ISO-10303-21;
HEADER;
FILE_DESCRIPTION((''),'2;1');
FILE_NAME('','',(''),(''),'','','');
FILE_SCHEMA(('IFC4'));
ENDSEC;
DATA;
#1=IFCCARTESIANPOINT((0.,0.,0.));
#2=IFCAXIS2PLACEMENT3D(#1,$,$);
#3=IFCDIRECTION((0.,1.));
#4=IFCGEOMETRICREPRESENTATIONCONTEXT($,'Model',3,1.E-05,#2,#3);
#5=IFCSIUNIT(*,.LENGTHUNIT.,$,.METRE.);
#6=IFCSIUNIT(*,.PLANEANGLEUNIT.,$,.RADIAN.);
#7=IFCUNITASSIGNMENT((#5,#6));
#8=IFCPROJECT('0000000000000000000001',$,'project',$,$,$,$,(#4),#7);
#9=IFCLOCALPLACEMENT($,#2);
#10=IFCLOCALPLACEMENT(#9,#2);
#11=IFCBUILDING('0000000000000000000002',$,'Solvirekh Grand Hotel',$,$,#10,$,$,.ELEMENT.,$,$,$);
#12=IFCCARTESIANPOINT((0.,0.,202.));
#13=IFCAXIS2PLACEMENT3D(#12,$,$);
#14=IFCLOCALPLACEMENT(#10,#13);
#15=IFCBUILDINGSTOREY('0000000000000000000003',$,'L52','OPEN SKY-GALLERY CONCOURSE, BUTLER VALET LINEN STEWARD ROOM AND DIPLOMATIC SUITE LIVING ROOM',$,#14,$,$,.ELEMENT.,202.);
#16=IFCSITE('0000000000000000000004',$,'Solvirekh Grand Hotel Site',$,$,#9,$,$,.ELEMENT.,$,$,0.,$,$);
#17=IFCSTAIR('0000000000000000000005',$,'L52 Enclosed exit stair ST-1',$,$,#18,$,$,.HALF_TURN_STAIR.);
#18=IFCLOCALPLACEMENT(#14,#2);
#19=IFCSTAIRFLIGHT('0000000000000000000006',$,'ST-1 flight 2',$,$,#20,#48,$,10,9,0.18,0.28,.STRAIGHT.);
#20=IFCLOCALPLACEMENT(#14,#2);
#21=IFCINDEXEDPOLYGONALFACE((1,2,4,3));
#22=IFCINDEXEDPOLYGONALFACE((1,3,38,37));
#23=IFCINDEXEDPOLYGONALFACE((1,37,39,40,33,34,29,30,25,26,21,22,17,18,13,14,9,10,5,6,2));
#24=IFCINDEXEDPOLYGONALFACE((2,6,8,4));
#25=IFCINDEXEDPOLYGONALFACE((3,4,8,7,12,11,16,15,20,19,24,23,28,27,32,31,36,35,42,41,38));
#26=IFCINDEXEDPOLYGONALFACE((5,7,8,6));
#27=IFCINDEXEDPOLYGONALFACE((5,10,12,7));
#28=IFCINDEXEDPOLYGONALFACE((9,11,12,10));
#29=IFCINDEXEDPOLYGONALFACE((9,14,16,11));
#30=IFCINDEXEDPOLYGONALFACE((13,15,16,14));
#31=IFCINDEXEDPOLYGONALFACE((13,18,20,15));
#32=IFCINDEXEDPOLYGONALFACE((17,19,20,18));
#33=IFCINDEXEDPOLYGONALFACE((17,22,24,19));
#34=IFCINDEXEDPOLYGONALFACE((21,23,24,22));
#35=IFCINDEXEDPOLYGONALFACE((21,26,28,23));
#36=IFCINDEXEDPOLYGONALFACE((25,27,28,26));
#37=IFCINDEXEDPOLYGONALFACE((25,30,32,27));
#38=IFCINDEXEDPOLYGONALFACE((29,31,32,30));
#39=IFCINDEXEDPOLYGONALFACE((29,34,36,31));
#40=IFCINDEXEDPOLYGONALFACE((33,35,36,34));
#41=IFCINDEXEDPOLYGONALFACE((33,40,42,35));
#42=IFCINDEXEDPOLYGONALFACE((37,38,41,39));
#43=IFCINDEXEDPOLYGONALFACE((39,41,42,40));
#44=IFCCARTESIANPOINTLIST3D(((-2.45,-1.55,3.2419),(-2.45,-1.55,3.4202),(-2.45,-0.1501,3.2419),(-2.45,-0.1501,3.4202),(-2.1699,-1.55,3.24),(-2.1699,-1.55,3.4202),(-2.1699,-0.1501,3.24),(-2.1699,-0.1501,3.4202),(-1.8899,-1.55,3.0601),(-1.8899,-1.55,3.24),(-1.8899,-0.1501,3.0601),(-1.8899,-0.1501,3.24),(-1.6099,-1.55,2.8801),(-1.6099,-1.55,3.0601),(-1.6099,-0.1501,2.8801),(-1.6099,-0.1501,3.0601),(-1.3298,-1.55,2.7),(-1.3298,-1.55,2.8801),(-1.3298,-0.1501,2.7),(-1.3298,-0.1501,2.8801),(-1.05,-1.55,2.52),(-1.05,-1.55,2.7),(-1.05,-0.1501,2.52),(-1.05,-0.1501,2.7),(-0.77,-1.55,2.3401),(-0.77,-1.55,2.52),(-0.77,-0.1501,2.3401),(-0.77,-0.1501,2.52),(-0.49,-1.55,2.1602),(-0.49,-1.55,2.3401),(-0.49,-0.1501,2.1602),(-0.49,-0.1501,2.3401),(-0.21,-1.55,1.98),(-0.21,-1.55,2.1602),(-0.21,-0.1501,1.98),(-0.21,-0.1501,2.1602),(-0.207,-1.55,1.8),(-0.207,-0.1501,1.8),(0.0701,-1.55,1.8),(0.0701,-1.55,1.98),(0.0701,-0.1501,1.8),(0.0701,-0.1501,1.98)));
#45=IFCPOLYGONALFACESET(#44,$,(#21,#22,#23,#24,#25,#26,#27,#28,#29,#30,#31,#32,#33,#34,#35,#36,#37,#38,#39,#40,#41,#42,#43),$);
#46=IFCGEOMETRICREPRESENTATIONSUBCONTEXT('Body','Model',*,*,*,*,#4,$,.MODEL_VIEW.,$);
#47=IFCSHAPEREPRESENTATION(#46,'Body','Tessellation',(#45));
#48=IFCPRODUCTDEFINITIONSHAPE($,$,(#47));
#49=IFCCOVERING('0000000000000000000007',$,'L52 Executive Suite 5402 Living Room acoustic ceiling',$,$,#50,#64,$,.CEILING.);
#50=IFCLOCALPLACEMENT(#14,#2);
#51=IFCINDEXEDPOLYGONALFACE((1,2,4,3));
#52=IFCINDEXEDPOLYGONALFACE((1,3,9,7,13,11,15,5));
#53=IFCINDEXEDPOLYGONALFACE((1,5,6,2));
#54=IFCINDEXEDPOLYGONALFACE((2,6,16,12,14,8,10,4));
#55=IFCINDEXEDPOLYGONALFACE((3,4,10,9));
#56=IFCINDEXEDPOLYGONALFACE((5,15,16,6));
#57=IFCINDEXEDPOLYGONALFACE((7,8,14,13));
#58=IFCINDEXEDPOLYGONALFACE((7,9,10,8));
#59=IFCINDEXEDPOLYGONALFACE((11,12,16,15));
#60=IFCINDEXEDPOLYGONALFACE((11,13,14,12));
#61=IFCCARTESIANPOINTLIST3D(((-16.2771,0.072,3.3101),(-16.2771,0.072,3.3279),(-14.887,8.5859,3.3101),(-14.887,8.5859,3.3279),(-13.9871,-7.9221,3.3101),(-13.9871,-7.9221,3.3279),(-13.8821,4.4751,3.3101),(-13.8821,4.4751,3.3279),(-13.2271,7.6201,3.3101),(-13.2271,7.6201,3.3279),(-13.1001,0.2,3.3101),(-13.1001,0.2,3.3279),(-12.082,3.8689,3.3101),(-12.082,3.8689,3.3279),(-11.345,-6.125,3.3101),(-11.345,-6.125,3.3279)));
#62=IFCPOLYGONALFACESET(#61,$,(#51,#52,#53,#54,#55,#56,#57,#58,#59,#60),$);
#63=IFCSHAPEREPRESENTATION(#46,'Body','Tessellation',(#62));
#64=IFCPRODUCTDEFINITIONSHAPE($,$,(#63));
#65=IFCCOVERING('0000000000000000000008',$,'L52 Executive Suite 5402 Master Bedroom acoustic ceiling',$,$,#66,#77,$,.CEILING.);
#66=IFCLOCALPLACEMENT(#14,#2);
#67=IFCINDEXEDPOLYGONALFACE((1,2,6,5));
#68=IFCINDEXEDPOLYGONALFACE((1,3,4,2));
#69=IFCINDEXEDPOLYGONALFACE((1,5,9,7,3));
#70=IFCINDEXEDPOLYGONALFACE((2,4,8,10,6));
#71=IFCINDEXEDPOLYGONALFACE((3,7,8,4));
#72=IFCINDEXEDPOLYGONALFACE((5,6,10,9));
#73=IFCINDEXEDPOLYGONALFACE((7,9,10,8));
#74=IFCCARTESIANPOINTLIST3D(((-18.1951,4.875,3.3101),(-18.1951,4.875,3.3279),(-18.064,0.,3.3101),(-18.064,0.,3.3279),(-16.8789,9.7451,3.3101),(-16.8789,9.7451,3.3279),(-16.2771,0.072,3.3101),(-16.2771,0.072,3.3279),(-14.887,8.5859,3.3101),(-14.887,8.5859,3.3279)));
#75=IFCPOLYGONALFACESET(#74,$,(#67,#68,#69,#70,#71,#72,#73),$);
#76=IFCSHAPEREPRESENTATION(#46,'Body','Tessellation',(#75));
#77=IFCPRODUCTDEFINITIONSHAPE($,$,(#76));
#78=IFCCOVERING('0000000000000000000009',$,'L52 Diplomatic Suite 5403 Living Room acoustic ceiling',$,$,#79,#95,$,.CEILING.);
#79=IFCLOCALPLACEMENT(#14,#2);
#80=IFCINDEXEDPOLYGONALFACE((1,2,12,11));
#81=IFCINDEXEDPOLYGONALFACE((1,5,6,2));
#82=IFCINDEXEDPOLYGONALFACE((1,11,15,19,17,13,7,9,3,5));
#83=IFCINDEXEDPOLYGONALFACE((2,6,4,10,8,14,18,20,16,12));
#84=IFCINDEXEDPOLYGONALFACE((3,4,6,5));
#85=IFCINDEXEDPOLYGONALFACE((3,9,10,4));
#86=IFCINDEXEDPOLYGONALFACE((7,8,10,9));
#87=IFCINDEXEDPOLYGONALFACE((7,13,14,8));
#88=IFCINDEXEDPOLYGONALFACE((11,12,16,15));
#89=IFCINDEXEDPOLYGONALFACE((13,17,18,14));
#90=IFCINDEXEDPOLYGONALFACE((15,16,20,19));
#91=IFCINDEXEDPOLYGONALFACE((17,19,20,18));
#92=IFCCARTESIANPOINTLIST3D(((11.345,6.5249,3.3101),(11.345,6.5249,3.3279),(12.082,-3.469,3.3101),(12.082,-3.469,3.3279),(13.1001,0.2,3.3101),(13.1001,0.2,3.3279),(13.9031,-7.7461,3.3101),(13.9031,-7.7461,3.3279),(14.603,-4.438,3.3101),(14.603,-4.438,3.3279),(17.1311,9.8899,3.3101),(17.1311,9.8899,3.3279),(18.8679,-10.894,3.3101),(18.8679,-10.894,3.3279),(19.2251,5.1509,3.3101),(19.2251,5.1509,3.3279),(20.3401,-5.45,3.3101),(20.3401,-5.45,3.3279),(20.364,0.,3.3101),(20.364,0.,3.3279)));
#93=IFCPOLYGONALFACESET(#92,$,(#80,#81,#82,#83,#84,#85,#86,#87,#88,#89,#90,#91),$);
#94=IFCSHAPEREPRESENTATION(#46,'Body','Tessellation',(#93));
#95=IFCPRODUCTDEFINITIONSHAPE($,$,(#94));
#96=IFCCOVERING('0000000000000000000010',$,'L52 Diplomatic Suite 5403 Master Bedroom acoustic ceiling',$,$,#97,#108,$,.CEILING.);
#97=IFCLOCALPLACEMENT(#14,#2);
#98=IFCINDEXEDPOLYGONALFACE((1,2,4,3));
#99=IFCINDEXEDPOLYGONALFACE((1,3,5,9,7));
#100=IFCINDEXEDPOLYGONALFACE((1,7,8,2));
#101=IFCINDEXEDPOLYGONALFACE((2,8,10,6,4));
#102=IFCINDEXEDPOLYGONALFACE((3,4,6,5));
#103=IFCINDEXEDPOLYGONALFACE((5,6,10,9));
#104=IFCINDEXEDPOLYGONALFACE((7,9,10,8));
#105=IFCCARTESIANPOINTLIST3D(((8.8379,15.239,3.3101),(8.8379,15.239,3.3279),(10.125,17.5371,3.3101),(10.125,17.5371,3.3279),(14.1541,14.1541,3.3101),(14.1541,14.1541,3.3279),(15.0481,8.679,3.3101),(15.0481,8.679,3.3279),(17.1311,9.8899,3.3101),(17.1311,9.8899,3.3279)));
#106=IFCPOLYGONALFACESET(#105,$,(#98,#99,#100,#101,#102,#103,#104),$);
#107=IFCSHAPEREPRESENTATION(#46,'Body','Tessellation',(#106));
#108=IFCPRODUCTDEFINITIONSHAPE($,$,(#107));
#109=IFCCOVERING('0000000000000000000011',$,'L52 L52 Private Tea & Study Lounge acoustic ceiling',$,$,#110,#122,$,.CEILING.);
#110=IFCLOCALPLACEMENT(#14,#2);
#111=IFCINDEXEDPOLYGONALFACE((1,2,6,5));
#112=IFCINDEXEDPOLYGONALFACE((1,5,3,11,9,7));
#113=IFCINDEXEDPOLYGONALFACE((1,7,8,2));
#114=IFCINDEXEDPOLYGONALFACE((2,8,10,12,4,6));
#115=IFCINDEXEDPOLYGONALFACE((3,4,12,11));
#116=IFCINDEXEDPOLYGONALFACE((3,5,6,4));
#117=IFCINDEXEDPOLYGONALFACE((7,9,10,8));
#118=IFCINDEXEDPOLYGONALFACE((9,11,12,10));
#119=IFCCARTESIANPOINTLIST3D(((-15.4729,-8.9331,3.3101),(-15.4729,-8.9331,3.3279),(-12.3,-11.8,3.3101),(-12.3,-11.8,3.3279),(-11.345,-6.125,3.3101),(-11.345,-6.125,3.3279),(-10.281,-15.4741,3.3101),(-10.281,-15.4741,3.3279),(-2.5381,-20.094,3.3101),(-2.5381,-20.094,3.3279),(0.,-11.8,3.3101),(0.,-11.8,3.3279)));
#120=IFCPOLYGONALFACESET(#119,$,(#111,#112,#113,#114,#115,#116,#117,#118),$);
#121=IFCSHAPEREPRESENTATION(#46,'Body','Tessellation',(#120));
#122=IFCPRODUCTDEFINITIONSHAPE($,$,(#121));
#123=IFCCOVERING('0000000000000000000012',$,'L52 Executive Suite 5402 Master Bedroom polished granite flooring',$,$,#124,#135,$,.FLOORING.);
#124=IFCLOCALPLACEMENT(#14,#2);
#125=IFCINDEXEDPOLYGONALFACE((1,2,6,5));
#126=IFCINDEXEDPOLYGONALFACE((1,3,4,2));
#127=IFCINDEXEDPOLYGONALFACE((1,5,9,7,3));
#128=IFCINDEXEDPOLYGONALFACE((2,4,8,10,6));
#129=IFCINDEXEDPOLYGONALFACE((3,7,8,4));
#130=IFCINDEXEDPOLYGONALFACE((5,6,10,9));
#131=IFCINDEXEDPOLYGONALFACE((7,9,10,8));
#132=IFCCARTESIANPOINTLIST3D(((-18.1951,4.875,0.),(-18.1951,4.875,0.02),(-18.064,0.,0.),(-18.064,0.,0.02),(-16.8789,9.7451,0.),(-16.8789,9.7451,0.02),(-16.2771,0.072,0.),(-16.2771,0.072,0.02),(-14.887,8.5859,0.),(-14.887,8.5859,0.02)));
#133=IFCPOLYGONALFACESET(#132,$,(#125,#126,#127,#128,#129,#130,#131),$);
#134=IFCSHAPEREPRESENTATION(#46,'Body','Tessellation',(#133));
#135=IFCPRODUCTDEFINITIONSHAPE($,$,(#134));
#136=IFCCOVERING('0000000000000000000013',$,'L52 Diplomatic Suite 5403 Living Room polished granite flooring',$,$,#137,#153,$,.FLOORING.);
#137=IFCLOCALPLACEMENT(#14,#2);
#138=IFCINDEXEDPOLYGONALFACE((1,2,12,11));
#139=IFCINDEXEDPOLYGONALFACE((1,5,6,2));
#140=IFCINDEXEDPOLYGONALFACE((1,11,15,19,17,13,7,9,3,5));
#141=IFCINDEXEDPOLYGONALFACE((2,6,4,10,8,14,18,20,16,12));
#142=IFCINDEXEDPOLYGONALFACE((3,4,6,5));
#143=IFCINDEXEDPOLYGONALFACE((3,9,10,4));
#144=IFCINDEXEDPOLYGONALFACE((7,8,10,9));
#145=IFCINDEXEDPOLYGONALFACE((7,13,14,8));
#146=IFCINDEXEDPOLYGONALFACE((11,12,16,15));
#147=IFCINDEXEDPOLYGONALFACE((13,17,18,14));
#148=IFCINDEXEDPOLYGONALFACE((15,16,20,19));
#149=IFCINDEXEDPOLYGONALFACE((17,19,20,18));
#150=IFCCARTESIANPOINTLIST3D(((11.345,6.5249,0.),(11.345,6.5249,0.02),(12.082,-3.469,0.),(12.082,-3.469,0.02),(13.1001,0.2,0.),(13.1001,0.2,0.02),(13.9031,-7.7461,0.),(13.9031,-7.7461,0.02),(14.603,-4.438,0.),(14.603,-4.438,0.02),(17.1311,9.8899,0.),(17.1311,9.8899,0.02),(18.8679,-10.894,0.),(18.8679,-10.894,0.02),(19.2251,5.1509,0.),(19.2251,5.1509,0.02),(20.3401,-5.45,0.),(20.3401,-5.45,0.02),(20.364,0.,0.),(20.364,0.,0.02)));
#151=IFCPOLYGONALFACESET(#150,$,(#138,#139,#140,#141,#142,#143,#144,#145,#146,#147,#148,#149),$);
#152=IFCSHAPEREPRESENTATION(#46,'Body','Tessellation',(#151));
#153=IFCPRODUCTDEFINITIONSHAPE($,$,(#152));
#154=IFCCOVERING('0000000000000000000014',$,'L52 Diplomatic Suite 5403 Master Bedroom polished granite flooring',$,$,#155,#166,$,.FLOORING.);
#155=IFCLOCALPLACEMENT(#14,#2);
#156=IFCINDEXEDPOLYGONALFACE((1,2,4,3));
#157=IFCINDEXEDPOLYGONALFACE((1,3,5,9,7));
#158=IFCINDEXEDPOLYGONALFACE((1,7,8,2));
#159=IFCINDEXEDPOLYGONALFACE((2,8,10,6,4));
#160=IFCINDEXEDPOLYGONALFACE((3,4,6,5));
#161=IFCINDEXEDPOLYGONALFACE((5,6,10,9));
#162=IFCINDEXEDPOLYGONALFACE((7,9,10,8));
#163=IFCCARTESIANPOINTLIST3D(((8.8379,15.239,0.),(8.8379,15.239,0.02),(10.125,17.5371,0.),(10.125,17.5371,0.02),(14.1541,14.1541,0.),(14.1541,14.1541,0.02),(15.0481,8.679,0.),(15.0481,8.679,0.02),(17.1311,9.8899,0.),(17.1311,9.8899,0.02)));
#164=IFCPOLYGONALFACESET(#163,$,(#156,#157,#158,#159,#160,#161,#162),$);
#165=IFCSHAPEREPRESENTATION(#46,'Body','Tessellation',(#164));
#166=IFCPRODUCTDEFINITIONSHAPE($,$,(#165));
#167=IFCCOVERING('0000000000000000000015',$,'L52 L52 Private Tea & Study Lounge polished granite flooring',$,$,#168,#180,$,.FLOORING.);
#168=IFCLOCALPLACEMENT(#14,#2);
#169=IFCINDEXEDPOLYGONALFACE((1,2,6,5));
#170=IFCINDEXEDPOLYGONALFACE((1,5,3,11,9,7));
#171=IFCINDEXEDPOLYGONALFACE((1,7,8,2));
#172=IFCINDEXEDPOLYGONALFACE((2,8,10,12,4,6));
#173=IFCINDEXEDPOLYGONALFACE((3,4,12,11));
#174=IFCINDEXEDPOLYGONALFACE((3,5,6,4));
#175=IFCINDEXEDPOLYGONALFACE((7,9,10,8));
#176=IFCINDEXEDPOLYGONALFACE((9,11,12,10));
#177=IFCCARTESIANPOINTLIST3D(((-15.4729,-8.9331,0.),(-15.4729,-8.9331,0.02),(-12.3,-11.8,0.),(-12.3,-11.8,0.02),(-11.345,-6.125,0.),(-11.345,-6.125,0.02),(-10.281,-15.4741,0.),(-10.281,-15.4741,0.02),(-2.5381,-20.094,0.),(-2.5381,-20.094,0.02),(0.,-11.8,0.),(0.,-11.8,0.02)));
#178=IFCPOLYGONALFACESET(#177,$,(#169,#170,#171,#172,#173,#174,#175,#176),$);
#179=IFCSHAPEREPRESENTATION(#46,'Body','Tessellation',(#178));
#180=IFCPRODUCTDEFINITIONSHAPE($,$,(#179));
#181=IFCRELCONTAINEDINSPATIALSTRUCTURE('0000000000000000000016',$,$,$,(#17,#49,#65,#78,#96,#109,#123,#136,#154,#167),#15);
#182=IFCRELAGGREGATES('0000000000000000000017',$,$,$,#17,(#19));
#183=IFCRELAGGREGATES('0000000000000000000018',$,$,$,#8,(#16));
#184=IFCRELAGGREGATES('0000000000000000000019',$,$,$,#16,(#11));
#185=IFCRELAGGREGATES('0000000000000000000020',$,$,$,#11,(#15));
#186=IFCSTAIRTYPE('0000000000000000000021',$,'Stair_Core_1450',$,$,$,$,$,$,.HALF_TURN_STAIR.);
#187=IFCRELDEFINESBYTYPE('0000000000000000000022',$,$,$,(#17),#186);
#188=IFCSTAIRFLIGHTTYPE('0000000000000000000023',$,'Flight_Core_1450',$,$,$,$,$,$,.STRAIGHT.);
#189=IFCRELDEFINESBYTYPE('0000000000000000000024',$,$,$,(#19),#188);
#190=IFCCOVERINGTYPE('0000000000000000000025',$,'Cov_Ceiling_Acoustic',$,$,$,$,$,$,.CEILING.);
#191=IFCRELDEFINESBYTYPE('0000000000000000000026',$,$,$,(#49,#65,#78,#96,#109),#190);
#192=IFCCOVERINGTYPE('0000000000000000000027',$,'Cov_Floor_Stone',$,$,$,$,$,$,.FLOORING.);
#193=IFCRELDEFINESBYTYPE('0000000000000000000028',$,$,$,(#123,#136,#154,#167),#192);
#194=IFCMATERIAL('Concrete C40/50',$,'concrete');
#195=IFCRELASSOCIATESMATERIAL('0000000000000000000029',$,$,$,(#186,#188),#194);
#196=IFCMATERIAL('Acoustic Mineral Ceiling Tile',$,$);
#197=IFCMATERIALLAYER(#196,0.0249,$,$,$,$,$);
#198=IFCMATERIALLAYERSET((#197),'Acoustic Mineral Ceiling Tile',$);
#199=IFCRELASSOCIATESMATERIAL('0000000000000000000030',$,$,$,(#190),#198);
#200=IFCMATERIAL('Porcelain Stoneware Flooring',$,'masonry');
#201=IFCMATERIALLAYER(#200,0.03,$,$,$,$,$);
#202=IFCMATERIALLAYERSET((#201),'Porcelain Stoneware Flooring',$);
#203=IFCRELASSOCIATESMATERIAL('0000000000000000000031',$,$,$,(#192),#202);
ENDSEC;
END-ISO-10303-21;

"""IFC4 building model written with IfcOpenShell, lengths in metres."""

from ifc_helpers import new_model, si_unit, direction, frame, origin, place, context, subcontext, project, spatial, polyline, outline, extrude, material, layer, layer_set, type_object, element, aggregate, save


model = new_model("IFC4")

# Units and contexts
model_context = context("Model", 3, precision=1e-05, world=origin(), true_north=direction((0.0, 1.0)))
body_context = subcontext(model_context, "Body", "Model", "MODEL_VIEW")
ifc_project = project(units=[si_unit("LENGTHUNIT", "METRE"), si_unit("PLANEANGLEUNIT", "RADIAN")], contexts=[model_context])

# Site, building, storey
site_placement = place(None, origin())
site = spatial("IfcSite", under=ifc_project, at=site_placement, Name="Solvirekh Grand Hotel Site", CompositionType="ELEMENT", RefElevation=0.0)
building_placement = place(site_placement, origin())
building = spatial("IfcBuilding", under=site, at=building_placement, Name="Solvirekh Grand Hotel", CompositionType="ELEMENT")
storey_placement = place(building_placement, frame((0.0, 0.0, 202.0)))
storey = spatial("IfcBuildingStorey", under=building, at=storey_placement, Name="L52", Description="OPEN SKY-GALLERY CONCOURSE, BUTLER VALET LINEN STEWARD ROOM AND DIPLOMATIC SUITE LIVING ROOM", CompositionType="ELEMENT", Elevation=202.0)

# Shared definitions
ifc_material_1 = material(Name="Concrete C40/50", Category="concrete")

# Stair, stair flight
stair_type = type_object("IfcStairType", Name="Stair_Core_1450", PredefinedType="HALF_TURN_STAIR", material=ifc_material_1)
stair_placement = place(storey_placement, origin())
stair = element("IfcStair", 1, at=stair_placement, inside=storey, type_object=stair_type, Name="L52 Enclosed exit stair ST-1", PredefinedType="HALF_TURN_STAIR")
stair_flight_type = type_object("IfcStairFlightType", Name="Flight_Core_1450", PredefinedType="STRAIGHT", material=ifc_material_1)
stair_flight_placement = place(storey_placement, frame((0.0701, -0.8501, 1.8), z_axis=(0.0, 0.0, 1.0), x_axis=(-1.0, 0.0, 0.0)))
stair_flight = element("IfcStairFlight", 2, at=stair_flight_placement, type_object=stair_flight_type, Name="ST-1 flight 2", NumberOfRisers=10, NumberOfTreads=9, PredefinedType="STRAIGHT", RiserHeight=0.18, TreadLength=0.28, context=body_context, shape_type="SweptSolid", body=[
    extrude(outline(polyline([(0.0, 0.0), (0.0, 0.1799), (0.28, 0.1799), (0.28, 0.3601), (0.5601, 0.3601), (0.5601, 0.54), (0.8401, 0.54), (0.8401, 0.72), (1.1201, 0.72), (1.1201, 0.8999), (1.3999, 0.8999), (1.3999, 1.0801), (1.6799, 1.0801), (1.6799, 1.26), (1.96, 1.26), (1.96, 1.4399), (2.24, 1.4399), (2.24, 1.6201), (2.52, 1.6201), (2.52, 1.8), (2.52, 1.4419), (0.2771, 0.0), (0.0, 0.0)])), frame((0.0, 0.7, 0.0), z_axis=(0.0, -1.0, 0.0), x_axis=(1.0, 0.0, 0.0)), (0.0, 0.0, 1.0), 1.3999),
])
aggregate(stair, [stair_flight])

# Coverings
ifc_material_2 = material(Name="Acoustic Mineral Ceiling Tile")
ifc_layer_1 = layer(ifc_material_2, 0.0249)
ifc_layer_set_1 = layer_set([ifc_layer_1], Name="Acoustic Mineral Ceiling Tile")
covering_type_1 = type_object("IfcCoveringType", Name="Cov_Ceiling_Acoustic", PredefinedType="CEILING", material=ifc_layer_set_1)
covering_1_placement = place(storey_placement, frame((0.0, 0.0, 3.3101)))
element("IfcCovering", 3, at=covering_1_placement, inside=storey, type_object=covering_type_1, Name="L52 Executive Suite 5402 Living Room acoustic ceiling", PredefinedType="CEILING", context=body_context, shape_type="SweptSolid", body=[
    extrude(outline(polyline([(-13.8821, 4.4751), (-13.2271, 7.6201), (-14.887, 8.5859), (-16.2771, 0.072), (-13.9871, -7.9221), (-11.345, -6.125), (-13.1001, 0.2), (-12.082, 3.8689), (-13.8821, 4.4751)])), origin(), (0.0, 0.0, 1.0), 0.0178),
])
covering_2_placement = place(storey_placement, frame((0.0, 0.0, 3.3101)))
element("IfcCovering", 4, at=covering_2_placement, inside=storey, type_object=covering_type_1, Name="L52 Executive Suite 5402 Master Bedroom acoustic ceiling", PredefinedType="CEILING", context=body_context, shape_type="SweptSolid", body=[
    extrude(outline(polyline([(-16.8789, 9.7451), (-18.1951, 4.875), (-18.064, 0.0), (-16.2771, 0.072), (-14.887, 8.5859), (-16.8789, 9.7451)])), origin(), (0.0, 0.0, 1.0), 0.0178),
])
covering_3_placement = place(storey_placement, frame((0.0, 0.0, 3.3101)))
element("IfcCovering", 5, at=covering_3_placement, inside=storey, type_object=covering_type_1, Name="L52 Diplomatic Suite 5403 Living Room acoustic ceiling", PredefinedType="CEILING", context=body_context, shape_type="SweptSolid", body=[
    extrude(outline(polyline([(14.603, -4.438), (13.9031, -7.7461), (18.8679, -10.894), (20.3401, -5.45), (20.364, 0.0), (19.2251, 5.1509), (17.1311, 9.8899), (11.345, 6.5249), (13.1001, 0.2), (12.082, -3.469), (14.603, -4.438)])), origin(), (0.0, 0.0, 1.0), 0.0178),
])
covering_4_placement = place(storey_placement, frame((0.0, 0.0, 3.3101)))
element("IfcCovering", 6, at=covering_4_placement, inside=storey, type_object=covering_type_1, Name="L52 Diplomatic Suite 5403 Master Bedroom acoustic ceiling", PredefinedType="CEILING", context=body_context, shape_type="SweptSolid", body=[
    extrude(outline(polyline([(17.1311, 9.8899), (14.1541, 14.1541), (10.125, 17.5371), (8.8379, 15.239), (15.0481, 8.679), (17.1311, 9.8899)])), origin(), (0.0, 0.0, 1.0), 0.0178),
])
covering_5_placement = place(storey_placement, frame((0.0, 0.0, 3.3101)))
element("IfcCovering", 7, at=covering_5_placement, inside=storey, type_object=covering_type_1, Name="L52 L52 Private Tea & Study Lounge acoustic ceiling", PredefinedType="CEILING", context=body_context, shape_type="SweptSolid", body=[
    extrude(outline(polyline([(-15.4729, -8.9331), (-10.281, -15.4741), (-2.5381, -20.094), (0.0, -11.8), (-12.3, -11.8), (-11.345, -6.125), (-15.4729, -8.9331)])), origin(), (0.0, 0.0, 1.0), 0.0178),
])
ifc_material_3 = material(Name="Porcelain Stoneware Flooring", Category="masonry")
ifc_layer_2 = layer(ifc_material_3, 0.03)
ifc_layer_set_2 = layer_set([ifc_layer_2], Name="Porcelain Stoneware Flooring")
covering_type_2 = type_object("IfcCoveringType", Name="Cov_Floor_Stone", PredefinedType="FLOORING", material=ifc_layer_set_2)
covering_6_placement = place(storey_placement, origin())
element("IfcCovering", 8, at=covering_6_placement, inside=storey, type_object=covering_type_2, Name="L52 Executive Suite 5402 Master Bedroom polished granite flooring", PredefinedType="FLOORING", context=body_context, shape_type="SweptSolid", body=[
    extrude(outline(polyline([(-16.8789, 9.7451), (-18.1951, 4.875), (-18.064, 0.0), (-16.2771, 0.072), (-14.887, 8.5859), (-16.8789, 9.7451)])), origin(), (0.0, 0.0, 1.0), 0.02),
])
covering_7_placement = place(storey_placement, origin())
element("IfcCovering", 9, at=covering_7_placement, inside=storey, type_object=covering_type_2, Name="L52 Diplomatic Suite 5403 Living Room polished granite flooring", PredefinedType="FLOORING", context=body_context, shape_type="SweptSolid", body=[
    extrude(outline(polyline([(14.603, -4.438), (13.9031, -7.7461), (18.8679, -10.894), (20.3401, -5.45), (20.364, 0.0), (19.2251, 5.1509), (17.1311, 9.8899), (11.345, 6.5249), (13.1001, 0.2), (12.082, -3.469), (14.603, -4.438)])), origin(), (0.0, 0.0, 1.0), 0.02),
])
covering_8_placement = place(storey_placement, origin())
element("IfcCovering", 10, at=covering_8_placement, inside=storey, type_object=covering_type_2, Name="L52 Diplomatic Suite 5403 Master Bedroom polished granite flooring", PredefinedType="FLOORING", context=body_context, shape_type="SweptSolid", body=[
    extrude(outline(polyline([(17.1311, 9.8899), (14.1541, 14.1541), (10.125, 17.5371), (8.8379, 15.239), (15.0481, 8.679), (17.1311, 9.8899)])), origin(), (0.0, 0.0, 1.0), 0.02),
])
covering_9_placement = place(storey_placement, origin())
element("IfcCovering", 11, at=covering_9_placement, inside=storey, type_object=covering_type_2, Name="L52 L52 Private Tea & Study Lounge polished granite flooring", PredefinedType="FLOORING", context=body_context, shape_type="SweptSolid", body=[
    extrude(outline(polyline([(-15.4729, -8.9331), (-10.281, -15.4741), (-2.5381, -20.094), (0.0, -11.8), (-12.3, -11.8), (-11.345, -6.125), (-15.4729, -8.9331)])), origin(), (0.0, 0.0, 1.0), 0.02),
])

save(model, "model.ifc")
